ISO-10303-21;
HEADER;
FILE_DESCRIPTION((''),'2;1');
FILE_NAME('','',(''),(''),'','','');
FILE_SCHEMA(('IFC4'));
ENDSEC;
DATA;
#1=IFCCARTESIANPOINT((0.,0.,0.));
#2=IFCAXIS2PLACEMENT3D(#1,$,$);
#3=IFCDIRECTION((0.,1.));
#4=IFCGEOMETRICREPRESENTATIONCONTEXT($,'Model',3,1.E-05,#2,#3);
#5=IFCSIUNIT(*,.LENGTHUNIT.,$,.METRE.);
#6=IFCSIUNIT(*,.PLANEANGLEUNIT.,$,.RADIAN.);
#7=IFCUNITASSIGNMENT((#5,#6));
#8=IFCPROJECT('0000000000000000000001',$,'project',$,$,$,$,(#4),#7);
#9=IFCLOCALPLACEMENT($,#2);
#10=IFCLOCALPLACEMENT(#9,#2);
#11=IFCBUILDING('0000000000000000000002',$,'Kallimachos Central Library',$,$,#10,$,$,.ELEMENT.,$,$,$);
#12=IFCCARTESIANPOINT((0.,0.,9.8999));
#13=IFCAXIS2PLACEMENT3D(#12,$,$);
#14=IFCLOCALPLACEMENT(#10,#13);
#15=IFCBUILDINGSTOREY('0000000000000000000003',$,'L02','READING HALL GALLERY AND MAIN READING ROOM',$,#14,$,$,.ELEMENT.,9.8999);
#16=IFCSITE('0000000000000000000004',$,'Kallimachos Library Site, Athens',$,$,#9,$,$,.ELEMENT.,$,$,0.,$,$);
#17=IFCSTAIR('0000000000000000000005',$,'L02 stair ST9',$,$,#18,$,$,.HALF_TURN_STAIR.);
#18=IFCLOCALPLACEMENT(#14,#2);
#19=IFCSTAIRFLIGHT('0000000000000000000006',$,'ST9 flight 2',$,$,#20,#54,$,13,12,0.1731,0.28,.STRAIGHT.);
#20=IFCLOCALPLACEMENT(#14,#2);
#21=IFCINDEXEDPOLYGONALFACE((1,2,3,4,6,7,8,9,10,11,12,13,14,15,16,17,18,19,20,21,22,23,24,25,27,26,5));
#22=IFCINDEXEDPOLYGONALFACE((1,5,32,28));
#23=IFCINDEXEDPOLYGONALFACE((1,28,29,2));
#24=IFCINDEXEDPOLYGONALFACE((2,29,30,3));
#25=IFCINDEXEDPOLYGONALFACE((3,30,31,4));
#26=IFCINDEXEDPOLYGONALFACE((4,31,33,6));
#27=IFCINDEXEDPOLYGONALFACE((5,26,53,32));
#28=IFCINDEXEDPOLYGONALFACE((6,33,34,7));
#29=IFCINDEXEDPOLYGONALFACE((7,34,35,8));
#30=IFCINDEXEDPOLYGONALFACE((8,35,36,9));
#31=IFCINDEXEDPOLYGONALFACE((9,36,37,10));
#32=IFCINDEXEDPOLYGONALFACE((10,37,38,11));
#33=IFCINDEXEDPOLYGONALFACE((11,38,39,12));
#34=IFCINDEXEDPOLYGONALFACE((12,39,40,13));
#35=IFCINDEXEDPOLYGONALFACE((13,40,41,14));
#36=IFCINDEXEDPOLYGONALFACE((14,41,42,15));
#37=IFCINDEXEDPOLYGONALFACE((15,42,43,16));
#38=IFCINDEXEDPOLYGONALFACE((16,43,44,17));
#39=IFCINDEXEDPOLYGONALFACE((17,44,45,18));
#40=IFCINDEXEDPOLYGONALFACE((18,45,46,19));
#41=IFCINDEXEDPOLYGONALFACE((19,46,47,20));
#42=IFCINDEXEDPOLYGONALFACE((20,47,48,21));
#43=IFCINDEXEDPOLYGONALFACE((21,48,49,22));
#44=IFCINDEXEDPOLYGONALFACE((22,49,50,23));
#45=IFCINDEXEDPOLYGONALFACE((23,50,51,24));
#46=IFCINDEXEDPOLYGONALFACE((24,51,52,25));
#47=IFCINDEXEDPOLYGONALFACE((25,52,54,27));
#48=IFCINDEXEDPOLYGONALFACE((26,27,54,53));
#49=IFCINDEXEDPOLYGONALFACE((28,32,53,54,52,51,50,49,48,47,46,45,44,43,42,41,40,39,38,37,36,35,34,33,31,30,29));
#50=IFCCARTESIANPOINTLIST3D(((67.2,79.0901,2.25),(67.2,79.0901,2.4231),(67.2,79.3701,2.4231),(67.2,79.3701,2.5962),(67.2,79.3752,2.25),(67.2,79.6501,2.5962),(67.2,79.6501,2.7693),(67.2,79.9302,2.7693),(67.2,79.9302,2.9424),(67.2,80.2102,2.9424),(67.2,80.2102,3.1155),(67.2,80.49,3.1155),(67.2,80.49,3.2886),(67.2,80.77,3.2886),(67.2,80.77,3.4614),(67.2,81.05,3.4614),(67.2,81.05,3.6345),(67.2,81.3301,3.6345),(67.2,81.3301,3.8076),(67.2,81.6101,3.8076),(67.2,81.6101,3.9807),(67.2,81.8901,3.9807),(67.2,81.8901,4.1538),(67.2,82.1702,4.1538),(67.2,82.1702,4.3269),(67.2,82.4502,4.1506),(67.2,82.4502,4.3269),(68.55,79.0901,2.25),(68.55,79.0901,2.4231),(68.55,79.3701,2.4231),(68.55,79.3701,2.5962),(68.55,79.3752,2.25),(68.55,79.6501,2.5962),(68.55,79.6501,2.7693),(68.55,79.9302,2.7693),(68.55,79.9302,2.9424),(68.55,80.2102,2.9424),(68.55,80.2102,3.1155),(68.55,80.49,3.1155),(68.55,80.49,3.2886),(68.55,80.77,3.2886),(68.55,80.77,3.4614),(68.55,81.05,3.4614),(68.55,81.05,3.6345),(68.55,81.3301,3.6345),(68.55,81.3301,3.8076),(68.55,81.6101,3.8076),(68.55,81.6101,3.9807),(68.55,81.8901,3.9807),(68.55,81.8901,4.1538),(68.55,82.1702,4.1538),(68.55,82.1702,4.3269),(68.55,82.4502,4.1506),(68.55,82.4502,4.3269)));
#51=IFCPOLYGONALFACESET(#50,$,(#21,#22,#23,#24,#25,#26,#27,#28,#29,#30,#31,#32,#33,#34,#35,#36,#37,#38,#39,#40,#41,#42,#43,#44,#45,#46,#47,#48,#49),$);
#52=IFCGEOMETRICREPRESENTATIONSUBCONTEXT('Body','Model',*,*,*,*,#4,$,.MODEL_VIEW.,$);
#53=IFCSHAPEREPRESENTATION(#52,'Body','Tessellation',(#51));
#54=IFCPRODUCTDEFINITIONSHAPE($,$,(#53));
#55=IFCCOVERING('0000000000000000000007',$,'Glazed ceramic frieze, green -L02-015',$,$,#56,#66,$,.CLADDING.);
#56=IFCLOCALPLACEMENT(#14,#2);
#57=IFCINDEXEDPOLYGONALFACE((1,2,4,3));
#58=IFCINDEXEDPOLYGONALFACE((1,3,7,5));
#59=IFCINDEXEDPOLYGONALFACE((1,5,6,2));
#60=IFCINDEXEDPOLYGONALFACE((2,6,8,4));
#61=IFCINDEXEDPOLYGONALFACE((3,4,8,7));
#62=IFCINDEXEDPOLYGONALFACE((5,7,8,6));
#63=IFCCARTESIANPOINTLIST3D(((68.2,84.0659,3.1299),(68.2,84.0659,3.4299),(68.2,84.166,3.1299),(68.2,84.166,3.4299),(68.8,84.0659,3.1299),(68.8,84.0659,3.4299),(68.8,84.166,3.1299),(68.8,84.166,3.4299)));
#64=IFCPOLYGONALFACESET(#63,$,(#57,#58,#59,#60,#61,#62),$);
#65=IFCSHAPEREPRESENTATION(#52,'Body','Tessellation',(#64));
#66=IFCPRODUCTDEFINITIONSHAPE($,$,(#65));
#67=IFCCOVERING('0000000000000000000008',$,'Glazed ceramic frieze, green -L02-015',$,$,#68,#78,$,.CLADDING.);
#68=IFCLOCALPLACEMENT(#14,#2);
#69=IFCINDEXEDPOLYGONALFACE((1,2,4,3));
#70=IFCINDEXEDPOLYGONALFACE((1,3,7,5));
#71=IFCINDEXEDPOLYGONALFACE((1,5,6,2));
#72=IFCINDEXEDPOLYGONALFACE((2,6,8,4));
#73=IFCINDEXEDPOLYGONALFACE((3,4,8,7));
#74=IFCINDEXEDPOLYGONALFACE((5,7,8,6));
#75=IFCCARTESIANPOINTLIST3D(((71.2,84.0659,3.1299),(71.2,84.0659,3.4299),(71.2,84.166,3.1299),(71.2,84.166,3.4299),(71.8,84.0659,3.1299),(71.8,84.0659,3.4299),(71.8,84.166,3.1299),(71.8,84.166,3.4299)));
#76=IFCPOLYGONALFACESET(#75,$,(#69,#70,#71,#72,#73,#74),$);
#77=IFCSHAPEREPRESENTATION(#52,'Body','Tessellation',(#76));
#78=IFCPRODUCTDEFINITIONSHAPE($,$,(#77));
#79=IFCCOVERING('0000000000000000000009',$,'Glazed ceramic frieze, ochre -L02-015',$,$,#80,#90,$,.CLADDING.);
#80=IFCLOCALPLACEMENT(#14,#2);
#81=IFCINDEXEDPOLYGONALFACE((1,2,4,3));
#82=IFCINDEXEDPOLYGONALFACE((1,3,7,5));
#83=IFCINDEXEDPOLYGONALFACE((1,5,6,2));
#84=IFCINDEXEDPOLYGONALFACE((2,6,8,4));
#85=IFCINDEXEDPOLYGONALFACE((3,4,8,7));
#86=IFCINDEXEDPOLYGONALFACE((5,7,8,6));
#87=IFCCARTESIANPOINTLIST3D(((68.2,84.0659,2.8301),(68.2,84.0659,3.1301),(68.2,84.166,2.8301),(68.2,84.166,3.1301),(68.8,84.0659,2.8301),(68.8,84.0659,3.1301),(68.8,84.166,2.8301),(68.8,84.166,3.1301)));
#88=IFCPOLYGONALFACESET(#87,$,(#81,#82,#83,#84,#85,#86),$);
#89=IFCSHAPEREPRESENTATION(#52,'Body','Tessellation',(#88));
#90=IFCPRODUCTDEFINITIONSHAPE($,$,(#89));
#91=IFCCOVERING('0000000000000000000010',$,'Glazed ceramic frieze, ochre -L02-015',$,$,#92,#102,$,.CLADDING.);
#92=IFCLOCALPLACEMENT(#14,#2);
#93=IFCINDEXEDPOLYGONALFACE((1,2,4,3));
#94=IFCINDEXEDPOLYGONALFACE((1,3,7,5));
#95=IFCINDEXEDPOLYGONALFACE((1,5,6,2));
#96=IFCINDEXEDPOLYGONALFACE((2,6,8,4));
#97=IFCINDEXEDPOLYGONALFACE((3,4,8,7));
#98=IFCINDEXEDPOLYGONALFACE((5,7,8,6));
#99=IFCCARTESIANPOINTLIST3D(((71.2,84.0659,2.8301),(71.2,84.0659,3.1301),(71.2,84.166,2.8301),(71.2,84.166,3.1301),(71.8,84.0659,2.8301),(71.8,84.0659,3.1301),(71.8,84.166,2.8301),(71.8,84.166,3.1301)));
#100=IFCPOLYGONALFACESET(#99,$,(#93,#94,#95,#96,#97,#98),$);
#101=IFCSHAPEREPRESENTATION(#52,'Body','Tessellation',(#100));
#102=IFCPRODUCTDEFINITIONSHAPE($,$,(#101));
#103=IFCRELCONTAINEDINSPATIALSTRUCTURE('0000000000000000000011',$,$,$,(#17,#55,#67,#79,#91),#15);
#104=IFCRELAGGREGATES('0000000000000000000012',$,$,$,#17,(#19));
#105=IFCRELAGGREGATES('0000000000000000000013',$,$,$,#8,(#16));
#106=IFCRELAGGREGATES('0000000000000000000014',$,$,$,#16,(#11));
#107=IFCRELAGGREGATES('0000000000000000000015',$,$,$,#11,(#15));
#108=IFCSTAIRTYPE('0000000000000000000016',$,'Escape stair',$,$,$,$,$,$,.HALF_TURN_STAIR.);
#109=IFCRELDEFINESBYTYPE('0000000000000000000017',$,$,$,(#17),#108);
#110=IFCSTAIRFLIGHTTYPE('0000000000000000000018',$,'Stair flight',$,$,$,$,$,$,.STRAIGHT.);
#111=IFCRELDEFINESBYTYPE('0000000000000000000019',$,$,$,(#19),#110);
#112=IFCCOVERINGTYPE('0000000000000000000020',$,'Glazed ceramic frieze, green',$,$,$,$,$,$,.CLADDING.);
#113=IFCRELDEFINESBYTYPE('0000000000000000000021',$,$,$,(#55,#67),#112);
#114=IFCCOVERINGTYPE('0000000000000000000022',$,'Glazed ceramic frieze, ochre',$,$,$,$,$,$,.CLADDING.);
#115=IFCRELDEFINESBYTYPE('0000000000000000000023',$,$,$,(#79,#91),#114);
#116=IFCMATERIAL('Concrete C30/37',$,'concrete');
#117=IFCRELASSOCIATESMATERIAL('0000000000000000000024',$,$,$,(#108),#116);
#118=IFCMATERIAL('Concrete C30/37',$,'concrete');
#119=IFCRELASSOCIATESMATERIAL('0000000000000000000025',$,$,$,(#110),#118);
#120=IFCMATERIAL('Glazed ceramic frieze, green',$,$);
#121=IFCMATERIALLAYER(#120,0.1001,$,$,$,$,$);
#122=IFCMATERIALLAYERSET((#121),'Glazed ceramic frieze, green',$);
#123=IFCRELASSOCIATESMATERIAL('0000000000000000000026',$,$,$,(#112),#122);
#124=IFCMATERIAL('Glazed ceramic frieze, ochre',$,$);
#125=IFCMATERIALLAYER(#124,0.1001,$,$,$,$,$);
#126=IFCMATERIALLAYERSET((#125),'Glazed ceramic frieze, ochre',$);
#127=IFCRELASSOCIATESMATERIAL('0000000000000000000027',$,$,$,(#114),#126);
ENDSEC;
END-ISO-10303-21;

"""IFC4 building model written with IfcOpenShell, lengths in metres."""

from ifc_helpers import new_model, si_unit, direction, frame, origin, origin_2d, place, context, subcontext, project, spatial, polyline, rectangle, outline, extrude, material, layer, layer_set, type_object, element, aggregate, save


model = new_model("IFC4")

# Units and contexts
model_context = context("Model", 3, precision=1e-05, world=origin(), true_north=direction((0.0, 1.0)))
body_context = subcontext(model_context, "Body", "Model", "MODEL_VIEW")
ifc_project = project(units=[si_unit("LENGTHUNIT", "METRE"), si_unit("PLANEANGLEUNIT", "RADIAN")], contexts=[model_context])

# Site, building, storey
site_placement = place(None, origin())
site = spatial("IfcSite", under=ifc_project, at=site_placement, Name="Kallimachos Library Site, Athens", CompositionType="ELEMENT", RefElevation=0.0)
building_placement = place(site_placement, origin())
building = spatial("IfcBuilding", under=site, at=building_placement, Name="Kallimachos Central Library", CompositionType="ELEMENT")
storey_placement = place(building_placement, frame((0.0, 0.0, 9.8999)))
storey = spatial("IfcBuildingStorey", under=building, at=storey_placement, Name="L02", Description="READING HALL GALLERY AND MAIN READING ROOM", CompositionType="ELEMENT", Elevation=9.8999)

# Stair, stair flight
ifc_material_1 = material(Name="Concrete C30/37", Category="concrete")
stair_type = type_object("IfcStairType", Name="Escape stair", PredefinedType="HALF_TURN_STAIR", material=ifc_material_1)
stair_placement = place(storey_placement, origin())
stair = element("IfcStair", 1, at=stair_placement, inside=storey, type_object=stair_type, Name="L02 stair ST9", PredefinedType="HALF_TURN_STAIR")
ifc_material_2 = material(Name="Concrete C30/37", Category="concrete")
stair_flight_type = type_object("IfcStairFlightType", Name="Stair flight", PredefinedType="STRAIGHT", material=ifc_material_2)
stair_flight_placement = place(storey_placement, frame((67.875, 79.0901, 2.25), z_axis=(0.0, 0.0, 1.0), x_axis=(0.0, 1.0, 0.0)))
stair_flight = element("IfcStairFlight", 2, at=stair_flight_placement, type_object=stair_flight_type, Name="ST9 flight 2", NumberOfRisers=13, NumberOfTreads=12, PredefinedType="STRAIGHT", RiserHeight=0.1731, TreadLength=0.28, context=body_context, shape_type="SweptSolid", body=[
    extrude(outline(polyline([(0.0, 0.0), (0.0, 0.1731), (0.28, 0.1731), (0.28, 0.3462), (0.5601, 0.3462), (0.5601, 0.5193), (0.8401, 0.5193), (0.8401, 0.6924), (1.1201, 0.6924), (1.1201, 0.8655), (1.3999, 0.8655), (1.3999, 1.0386), (1.6799, 1.0386), (1.6799, 1.2114), (1.96, 1.2114), (1.96, 1.3845), (2.24, 1.3845), (2.24, 1.5576), (2.52, 1.5576), (2.52, 1.7307), (2.8, 1.7307), (2.8, 1.9038), (3.0801, 1.9038), (3.0801, 2.0769), (3.3601, 2.0769), (3.3601, 2.25), (3.3601, 1.9006), (0.2852, 0.0), (0.0, 0.0)])), frame((0.0, 0.675, 0.0), z_axis=(0.0, -1.0, 0.0), x_axis=(1.0, 0.0, 0.0)), (0.0, 0.0, 1.0), 1.3501),
])
aggregate(stair, [stair_flight])

# Coverings
ifc_material_3 = material(Name="Glazed ceramic frieze, green")
ifc_layer_1 = layer(ifc_material_3, 0.1001)
ifc_layer_set_1 = layer_set([ifc_layer_1], Name="Glazed ceramic frieze, green")
covering_type_1 = type_object("IfcCoveringType", Name="Glazed ceramic frieze, green", PredefinedType="CLADDING", material=ifc_layer_set_1)
for number, where, z_axis, x_axis, name in (
    (3, (68.5, 84.116, 3.1299), (0.0, 0.0, 1.0), (1.0, 0.0, 0.0), "Glazed ceramic frieze, green -L02-015"),
    (4, (71.5, 84.116, 3.1299), (0.0, 0.0, 1.0), (1.0, 0.0, 0.0), "Glazed ceramic frieze, green -L02-015"),
):
    element("IfcCovering", number, at=place(storey_placement, frame(where, z_axis=z_axis, x_axis=x_axis)), inside=storey, type_object=covering_type_1, Name=name, PredefinedType="CLADDING", context=body_context, shape_type="SweptSolid", body=[
        extrude(rectangle(XDim=0.6001, YDim=0.1001, at=origin_2d()), origin(), (0.0, 0.0, 1.0), 0.3),
    ])
ifc_material_4 = material(Name="Glazed ceramic frieze, ochre")
ifc_layer_2 = layer(ifc_material_4, 0.1001)
ifc_layer_set_2 = layer_set([ifc_layer_2], Name="Glazed ceramic frieze, ochre")
covering_type_2 = type_object("IfcCoveringType", Name="Glazed ceramic frieze, ochre", PredefinedType="CLADDING", material=ifc_layer_set_2)
for number, where, z_axis, x_axis, name in (
    (5, (68.5, 84.116, 2.8301), (0.0, 0.0, 1.0), (1.0, 0.0, 0.0), "Glazed ceramic frieze, ochre -L02-015"),
    (6, (71.5, 84.116, 2.8301), (0.0, 0.0, 1.0), (1.0, 0.0, 0.0), "Glazed ceramic frieze, ochre -L02-015"),
):
    element("IfcCovering", number, at=place(storey_placement, frame(where, z_axis=z_axis, x_axis=x_axis)), inside=storey, type_object=covering_type_2, Name=name, PredefinedType="CLADDING", context=body_context, shape_type="SweptSolid", body=[
        extrude(rectangle(XDim=0.6001, YDim=0.1001, at=origin_2d()), origin(), (0.0, 0.0, 1.0), 0.3),
    ])

save(model, "model.ifc")
